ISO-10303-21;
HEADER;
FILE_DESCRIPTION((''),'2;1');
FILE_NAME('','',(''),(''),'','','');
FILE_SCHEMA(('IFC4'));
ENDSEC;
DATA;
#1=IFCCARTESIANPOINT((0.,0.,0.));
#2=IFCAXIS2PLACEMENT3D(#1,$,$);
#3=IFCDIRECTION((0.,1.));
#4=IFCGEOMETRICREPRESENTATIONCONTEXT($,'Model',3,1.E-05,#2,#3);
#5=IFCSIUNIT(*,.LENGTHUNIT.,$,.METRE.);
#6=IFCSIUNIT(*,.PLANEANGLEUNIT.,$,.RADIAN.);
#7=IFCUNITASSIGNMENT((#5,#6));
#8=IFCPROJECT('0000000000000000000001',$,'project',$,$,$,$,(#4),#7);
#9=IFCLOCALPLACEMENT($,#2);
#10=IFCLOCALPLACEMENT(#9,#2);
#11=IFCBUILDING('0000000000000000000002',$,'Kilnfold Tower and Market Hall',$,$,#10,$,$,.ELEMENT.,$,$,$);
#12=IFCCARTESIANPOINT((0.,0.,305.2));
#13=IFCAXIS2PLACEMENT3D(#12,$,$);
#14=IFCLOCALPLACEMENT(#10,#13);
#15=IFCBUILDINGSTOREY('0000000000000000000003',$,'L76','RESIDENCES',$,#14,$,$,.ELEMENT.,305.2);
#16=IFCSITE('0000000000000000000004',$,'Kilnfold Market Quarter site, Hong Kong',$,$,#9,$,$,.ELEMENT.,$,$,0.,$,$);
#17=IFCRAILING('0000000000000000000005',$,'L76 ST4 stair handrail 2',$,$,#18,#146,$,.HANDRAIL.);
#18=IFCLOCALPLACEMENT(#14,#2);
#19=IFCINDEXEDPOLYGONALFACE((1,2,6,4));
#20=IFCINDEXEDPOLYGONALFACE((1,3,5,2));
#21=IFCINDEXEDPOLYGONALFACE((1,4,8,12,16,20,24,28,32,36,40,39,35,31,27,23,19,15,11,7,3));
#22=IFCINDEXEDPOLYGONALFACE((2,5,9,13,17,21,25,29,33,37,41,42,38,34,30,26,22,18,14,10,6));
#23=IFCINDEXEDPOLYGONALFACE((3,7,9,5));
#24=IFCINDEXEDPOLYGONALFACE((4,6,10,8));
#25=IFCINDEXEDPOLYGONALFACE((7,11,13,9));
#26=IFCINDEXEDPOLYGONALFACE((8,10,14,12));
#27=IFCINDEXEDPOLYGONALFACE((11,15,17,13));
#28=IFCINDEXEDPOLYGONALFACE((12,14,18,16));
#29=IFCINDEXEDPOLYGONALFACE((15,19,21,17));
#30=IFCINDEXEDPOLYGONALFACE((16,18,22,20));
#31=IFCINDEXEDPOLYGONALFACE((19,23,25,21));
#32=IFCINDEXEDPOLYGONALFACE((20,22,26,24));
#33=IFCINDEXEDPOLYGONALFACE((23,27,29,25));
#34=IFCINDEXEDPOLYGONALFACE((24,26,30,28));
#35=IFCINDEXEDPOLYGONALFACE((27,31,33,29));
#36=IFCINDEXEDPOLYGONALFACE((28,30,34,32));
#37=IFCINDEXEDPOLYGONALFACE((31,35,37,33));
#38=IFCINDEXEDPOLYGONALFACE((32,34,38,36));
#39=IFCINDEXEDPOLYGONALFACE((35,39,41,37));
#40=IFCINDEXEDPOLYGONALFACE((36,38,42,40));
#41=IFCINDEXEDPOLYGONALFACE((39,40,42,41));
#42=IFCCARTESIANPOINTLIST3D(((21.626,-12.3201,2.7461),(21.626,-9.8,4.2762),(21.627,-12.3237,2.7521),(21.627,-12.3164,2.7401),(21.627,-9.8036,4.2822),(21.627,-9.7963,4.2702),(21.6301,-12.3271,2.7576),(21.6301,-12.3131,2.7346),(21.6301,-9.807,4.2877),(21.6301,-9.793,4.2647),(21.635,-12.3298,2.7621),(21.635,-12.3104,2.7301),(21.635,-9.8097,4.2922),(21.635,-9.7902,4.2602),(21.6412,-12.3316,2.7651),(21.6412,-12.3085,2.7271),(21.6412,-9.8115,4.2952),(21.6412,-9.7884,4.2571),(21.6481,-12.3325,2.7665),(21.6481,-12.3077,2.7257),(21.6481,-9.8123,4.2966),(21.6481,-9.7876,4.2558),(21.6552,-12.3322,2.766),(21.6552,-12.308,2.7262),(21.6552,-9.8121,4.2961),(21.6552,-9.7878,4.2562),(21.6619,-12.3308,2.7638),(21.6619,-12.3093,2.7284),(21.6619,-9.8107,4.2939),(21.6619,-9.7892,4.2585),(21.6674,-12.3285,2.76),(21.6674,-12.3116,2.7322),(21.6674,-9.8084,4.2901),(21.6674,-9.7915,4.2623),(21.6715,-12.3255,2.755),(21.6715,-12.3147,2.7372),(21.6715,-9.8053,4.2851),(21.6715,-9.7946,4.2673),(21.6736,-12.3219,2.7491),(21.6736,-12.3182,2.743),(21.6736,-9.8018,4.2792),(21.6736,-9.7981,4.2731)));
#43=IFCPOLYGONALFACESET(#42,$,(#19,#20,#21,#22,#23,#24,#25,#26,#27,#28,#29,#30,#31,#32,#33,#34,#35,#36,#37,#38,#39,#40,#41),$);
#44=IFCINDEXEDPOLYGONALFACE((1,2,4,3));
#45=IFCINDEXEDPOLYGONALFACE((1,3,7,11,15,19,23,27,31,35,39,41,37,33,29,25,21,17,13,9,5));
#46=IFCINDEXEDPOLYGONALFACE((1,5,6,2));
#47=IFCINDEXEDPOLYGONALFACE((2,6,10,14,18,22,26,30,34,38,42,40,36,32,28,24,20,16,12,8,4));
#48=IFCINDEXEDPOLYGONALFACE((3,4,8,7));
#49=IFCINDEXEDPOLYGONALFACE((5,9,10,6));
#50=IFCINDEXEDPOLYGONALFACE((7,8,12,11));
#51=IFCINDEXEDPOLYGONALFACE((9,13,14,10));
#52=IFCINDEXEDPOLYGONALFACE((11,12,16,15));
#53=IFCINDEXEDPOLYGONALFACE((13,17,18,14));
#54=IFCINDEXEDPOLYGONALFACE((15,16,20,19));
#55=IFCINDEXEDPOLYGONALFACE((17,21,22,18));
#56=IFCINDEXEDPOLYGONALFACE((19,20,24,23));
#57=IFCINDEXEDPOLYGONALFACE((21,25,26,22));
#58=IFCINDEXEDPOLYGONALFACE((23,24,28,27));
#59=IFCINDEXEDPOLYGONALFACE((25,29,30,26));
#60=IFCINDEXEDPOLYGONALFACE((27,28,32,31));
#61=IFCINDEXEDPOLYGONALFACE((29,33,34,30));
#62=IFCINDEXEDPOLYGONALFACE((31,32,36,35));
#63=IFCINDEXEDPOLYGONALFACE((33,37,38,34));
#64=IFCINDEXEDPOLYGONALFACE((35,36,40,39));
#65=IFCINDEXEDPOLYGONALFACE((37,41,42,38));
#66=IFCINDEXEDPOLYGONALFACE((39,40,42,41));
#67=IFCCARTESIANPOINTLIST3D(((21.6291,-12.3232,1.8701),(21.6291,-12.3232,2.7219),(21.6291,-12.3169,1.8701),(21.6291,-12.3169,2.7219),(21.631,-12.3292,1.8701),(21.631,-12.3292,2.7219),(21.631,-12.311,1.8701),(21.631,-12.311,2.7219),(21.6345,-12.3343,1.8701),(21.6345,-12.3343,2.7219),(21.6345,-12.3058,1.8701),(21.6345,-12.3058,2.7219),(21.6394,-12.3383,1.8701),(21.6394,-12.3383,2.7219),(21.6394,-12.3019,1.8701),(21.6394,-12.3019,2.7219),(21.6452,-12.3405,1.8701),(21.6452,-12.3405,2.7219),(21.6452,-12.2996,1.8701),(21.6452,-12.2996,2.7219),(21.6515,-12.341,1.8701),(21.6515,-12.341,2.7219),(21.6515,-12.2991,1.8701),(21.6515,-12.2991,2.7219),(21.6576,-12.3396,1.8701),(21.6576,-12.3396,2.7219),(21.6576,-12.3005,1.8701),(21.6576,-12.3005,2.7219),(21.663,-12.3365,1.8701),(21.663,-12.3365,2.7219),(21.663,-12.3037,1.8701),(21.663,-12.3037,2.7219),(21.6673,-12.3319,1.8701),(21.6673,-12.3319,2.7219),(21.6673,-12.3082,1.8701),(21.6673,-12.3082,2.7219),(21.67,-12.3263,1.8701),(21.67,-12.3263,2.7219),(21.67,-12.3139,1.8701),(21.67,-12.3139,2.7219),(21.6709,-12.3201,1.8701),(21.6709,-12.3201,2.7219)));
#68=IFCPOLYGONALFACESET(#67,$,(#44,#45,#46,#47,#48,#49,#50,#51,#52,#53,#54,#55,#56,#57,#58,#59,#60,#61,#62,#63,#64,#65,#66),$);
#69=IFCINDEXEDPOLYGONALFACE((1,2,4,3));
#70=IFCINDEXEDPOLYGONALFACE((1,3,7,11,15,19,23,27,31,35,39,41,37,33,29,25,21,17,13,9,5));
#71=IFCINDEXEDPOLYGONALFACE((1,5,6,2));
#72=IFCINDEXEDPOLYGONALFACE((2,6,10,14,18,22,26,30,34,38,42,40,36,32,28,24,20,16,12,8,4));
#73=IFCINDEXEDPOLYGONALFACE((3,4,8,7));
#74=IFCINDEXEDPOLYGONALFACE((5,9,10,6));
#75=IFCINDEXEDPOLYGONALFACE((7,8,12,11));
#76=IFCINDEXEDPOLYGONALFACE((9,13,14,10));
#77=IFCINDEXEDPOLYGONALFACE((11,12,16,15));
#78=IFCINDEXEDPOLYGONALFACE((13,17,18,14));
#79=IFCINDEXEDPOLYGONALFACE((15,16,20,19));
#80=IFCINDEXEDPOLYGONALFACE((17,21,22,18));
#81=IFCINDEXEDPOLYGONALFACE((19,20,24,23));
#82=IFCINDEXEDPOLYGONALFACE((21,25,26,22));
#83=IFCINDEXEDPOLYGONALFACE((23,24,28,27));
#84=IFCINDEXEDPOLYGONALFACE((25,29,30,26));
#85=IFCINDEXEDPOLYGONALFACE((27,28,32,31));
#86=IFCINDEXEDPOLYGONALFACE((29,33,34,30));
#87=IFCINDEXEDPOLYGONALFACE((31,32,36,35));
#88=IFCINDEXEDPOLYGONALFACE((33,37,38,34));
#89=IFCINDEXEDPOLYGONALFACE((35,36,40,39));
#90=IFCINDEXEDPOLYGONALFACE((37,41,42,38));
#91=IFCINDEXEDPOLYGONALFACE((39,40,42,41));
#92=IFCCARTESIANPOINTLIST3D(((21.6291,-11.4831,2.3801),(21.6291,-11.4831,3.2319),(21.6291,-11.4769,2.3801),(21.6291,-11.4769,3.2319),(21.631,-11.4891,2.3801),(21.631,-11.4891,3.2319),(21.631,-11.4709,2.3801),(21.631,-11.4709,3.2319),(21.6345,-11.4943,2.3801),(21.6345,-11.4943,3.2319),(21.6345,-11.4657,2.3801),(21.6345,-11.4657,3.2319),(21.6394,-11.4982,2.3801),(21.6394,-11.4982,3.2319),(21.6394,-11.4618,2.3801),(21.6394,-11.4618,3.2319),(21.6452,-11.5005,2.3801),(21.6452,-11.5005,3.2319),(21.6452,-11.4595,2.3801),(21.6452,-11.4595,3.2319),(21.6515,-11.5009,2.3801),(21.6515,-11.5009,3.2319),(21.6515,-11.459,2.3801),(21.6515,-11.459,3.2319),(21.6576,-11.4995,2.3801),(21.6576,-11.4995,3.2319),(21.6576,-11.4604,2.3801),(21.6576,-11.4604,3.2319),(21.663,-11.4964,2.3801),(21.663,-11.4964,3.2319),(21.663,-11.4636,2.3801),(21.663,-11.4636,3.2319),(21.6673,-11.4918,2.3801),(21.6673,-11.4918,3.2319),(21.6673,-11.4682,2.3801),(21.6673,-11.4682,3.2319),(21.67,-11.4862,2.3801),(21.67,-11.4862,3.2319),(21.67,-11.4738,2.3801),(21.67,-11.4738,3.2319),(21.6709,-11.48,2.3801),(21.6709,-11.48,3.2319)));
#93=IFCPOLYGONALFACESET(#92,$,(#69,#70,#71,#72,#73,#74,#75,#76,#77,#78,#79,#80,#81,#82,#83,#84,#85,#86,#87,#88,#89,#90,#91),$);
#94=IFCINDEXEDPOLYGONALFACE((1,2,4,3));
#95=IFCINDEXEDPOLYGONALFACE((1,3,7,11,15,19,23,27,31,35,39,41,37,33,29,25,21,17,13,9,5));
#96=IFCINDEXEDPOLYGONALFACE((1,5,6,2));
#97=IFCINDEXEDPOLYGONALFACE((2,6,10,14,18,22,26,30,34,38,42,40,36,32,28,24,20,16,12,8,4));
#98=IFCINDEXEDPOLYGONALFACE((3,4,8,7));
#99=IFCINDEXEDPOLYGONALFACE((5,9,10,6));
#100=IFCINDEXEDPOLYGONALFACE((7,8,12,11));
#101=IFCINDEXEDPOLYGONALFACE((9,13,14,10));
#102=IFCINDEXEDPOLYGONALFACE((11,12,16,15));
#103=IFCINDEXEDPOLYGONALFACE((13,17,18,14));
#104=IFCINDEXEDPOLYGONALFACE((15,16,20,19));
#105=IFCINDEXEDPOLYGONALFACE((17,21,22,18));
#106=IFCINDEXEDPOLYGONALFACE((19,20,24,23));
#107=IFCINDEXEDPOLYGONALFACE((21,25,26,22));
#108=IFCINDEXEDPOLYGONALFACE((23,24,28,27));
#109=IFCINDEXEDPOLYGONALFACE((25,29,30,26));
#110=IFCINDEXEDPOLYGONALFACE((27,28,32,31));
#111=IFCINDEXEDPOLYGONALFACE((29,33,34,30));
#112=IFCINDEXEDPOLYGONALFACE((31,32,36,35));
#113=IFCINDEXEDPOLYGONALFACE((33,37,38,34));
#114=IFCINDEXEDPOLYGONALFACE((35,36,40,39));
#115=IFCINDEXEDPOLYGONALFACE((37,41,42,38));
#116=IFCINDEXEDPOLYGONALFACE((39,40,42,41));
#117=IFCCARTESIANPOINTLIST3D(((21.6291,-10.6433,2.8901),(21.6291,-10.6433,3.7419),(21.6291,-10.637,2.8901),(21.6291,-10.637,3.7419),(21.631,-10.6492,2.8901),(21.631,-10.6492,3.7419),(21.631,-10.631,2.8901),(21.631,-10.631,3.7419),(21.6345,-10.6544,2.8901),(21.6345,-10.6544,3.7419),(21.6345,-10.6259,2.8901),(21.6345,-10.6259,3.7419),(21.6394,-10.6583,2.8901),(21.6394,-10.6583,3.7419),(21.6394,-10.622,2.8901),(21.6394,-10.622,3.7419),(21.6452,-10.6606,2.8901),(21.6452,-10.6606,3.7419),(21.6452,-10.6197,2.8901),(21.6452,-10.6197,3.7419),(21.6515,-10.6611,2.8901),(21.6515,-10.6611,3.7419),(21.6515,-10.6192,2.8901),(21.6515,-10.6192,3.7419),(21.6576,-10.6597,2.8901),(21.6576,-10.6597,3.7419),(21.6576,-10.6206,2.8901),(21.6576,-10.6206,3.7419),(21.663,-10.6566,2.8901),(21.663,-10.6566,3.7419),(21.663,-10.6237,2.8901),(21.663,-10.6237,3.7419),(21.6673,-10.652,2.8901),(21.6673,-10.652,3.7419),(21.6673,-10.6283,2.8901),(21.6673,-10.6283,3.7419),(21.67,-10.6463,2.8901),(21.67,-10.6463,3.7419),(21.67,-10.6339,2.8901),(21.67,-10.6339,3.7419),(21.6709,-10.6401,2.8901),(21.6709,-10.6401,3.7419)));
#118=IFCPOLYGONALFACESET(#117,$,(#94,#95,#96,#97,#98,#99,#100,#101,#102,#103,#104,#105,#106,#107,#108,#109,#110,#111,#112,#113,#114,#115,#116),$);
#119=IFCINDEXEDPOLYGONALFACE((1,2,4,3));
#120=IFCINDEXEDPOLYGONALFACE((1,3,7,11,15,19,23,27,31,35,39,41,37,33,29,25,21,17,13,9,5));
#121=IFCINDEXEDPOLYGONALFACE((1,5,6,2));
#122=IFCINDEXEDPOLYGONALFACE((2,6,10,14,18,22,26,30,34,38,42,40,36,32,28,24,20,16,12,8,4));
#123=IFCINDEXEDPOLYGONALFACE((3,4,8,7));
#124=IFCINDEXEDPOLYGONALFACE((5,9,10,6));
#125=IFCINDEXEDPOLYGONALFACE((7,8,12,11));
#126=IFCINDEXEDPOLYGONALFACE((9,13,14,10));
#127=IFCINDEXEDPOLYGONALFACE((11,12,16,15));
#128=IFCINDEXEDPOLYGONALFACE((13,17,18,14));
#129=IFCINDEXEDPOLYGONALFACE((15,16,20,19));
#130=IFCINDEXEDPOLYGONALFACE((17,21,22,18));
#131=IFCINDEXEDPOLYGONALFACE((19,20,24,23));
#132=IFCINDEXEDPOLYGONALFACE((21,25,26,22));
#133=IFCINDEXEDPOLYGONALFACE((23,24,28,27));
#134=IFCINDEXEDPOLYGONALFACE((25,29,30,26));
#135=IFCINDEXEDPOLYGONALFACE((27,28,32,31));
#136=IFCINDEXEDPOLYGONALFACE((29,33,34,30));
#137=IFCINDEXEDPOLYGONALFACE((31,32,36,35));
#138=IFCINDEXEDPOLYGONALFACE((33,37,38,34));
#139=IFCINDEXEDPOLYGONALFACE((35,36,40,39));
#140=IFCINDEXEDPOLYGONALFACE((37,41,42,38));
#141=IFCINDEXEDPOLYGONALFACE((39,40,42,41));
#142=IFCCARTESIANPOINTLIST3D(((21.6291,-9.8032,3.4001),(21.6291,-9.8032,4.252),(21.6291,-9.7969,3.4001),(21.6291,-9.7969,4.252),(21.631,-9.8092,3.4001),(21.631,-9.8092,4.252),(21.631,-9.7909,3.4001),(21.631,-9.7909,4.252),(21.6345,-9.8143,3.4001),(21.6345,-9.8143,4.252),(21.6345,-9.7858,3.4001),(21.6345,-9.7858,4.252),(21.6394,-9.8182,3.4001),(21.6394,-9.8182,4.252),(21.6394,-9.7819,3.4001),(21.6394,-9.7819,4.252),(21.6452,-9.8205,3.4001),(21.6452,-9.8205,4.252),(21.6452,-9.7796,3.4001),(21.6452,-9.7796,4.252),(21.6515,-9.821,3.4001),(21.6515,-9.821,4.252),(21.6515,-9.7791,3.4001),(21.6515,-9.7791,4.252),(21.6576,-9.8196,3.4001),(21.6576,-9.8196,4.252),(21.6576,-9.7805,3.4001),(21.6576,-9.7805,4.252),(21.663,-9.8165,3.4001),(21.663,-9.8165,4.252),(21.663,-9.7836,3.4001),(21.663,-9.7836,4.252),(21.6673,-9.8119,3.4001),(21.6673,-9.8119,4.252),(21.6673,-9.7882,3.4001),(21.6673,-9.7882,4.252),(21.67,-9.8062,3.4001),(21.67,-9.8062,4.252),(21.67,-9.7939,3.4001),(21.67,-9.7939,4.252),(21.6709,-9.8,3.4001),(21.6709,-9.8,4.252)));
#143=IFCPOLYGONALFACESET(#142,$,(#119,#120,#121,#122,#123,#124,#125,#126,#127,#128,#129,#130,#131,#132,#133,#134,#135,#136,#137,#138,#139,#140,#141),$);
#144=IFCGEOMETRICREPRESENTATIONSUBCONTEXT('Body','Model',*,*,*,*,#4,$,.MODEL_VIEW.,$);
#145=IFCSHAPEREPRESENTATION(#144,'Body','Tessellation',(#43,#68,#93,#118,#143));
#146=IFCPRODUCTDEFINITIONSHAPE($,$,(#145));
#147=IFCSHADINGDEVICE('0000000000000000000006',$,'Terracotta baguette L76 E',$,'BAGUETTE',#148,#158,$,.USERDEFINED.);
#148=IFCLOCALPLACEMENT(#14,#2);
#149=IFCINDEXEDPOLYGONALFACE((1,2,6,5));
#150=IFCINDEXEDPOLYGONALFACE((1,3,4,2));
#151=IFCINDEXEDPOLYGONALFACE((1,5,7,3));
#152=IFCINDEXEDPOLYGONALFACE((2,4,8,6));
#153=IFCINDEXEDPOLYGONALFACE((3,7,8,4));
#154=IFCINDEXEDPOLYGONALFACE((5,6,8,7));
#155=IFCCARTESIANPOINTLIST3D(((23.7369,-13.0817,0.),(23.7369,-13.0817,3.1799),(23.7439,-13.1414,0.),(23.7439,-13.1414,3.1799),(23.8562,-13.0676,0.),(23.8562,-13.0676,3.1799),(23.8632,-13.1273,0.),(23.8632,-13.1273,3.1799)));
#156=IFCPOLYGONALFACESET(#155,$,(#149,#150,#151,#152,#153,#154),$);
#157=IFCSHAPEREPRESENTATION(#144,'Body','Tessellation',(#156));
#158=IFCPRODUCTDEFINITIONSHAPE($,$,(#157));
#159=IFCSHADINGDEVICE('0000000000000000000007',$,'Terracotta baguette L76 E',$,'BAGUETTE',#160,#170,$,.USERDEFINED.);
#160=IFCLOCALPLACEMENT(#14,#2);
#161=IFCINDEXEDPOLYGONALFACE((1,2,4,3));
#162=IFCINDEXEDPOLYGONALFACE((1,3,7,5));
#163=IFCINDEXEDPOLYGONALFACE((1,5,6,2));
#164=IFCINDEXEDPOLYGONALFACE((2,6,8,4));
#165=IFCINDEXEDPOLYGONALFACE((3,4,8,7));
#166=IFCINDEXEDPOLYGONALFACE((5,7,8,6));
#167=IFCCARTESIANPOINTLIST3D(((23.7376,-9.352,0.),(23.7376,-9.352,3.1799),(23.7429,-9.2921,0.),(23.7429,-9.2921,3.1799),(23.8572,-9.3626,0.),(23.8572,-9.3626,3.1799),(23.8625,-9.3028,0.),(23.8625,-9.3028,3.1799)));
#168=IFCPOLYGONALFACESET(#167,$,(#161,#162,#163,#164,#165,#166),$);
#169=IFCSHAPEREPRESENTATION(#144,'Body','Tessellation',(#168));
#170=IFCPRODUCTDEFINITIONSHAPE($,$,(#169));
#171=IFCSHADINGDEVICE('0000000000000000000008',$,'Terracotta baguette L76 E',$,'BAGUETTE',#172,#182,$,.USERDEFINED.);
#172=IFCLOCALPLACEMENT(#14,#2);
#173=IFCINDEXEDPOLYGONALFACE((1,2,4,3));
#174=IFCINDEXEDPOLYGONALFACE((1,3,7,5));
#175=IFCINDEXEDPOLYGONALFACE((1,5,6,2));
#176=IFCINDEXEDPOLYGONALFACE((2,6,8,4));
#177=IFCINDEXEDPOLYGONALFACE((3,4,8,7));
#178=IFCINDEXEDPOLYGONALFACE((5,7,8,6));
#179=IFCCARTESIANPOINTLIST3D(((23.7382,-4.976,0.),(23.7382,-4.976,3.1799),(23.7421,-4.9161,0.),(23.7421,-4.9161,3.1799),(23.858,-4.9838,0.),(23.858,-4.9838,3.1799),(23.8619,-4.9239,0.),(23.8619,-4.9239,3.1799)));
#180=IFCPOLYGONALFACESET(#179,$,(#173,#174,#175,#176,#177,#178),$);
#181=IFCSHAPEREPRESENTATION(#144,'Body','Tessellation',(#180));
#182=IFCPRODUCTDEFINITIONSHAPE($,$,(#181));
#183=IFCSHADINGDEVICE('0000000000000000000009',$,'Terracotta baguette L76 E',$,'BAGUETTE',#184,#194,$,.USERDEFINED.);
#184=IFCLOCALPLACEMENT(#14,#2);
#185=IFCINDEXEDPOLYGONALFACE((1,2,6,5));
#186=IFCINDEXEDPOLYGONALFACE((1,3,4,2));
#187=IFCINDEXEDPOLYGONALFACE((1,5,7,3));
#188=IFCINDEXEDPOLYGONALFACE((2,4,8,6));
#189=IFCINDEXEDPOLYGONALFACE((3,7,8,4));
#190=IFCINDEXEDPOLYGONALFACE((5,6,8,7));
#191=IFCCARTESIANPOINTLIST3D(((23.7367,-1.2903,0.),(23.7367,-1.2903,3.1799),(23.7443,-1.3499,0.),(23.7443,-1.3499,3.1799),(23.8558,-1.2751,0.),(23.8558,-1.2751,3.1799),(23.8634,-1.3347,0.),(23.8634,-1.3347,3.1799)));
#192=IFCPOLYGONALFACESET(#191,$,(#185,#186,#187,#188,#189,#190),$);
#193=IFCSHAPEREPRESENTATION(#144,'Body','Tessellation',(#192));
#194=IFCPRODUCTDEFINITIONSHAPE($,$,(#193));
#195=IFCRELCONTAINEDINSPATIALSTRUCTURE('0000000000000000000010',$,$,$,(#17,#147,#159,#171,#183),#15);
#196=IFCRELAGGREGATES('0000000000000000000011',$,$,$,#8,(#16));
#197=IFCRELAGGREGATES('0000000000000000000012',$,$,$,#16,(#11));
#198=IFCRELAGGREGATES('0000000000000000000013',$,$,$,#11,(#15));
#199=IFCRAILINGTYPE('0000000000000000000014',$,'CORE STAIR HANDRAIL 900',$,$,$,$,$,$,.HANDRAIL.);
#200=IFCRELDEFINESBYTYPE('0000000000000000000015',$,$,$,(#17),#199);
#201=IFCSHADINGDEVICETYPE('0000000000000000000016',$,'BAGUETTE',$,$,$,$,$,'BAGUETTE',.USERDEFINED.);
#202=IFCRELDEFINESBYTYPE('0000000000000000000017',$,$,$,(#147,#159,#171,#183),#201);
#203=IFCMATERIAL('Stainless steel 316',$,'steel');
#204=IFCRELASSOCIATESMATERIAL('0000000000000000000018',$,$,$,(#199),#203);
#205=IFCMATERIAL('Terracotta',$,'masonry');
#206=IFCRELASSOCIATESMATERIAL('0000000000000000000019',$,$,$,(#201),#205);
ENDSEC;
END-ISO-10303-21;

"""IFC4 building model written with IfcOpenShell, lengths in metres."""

from ifc_helpers import new_model, si_unit, direction, frame, origin, origin_2d, place, context, subcontext, project, spatial, rectangle, circle, extrude, source, transform, mapped, material, material_profile, profile_set, type_object, element, save


model = new_model("IFC4")

# Units and contexts
model_context = context("Model", 3, precision=1e-05, world=origin(), true_north=direction((0.0, 1.0)))
body_context = subcontext(model_context, "Body", "Model", "MODEL_VIEW")
ifc_project = project(units=[si_unit("LENGTHUNIT", "METRE"), si_unit("PLANEANGLEUNIT", "RADIAN")], contexts=[model_context])

# Site, building, storey
site_placement = place(None, origin())
site = spatial("IfcSite", under=ifc_project, at=site_placement, Name="Kilnfold Market Quarter site, Hong Kong", CompositionType="ELEMENT", RefElevation=0.0)
building_placement = place(site_placement, origin())
building = spatial("IfcBuilding", under=site, at=building_placement, Name="Kilnfold Tower and Market Hall", CompositionType="ELEMENT")
storey_placement = place(building_placement, frame((0.0, 0.0, 305.2)))
storey = spatial("IfcBuildingStorey", under=building, at=storey_placement, Name="L76", Description="RESIDENCES", CompositionType="ELEMENT", Elevation=305.2)

# Railing
ifc_material_1 = material(Name="Stainless steel 316", Category="steel")
railing_type_1 = type_object("IfcRailingType", Name="CORE STAIR HANDRAIL 900", PredefinedType="HANDRAIL", material=ifc_material_1)
railing_1_placement = place(storey_placement, frame((21.6499, -12.3201, 1.8701)))
element("IfcRailing", 1, at=railing_1_placement, inside=storey, type_object=railing_type_1, Name="L76 ST4 stair handrail 2", PredefinedType="HANDRAIL", context=body_context, shape_type="SweptSolid", body=[
    extrude(circle(Radius=0.0239, at=origin_2d()), frame((0.0, 0.0, 0.876), z_axis=(0.0, 0.854785, 0.518982), x_axis=(-1.0, 0.0, 0.0)), (0.0, 0.0, 1.0), 2.9482),
    extrude(circle(Radius=0.021, at=origin_2d()), origin(), (0.0, 0.0, 1.0), 0.8518),
    extrude(circle(Radius=0.021, at=origin_2d()), frame((0.0, 0.8401, 0.51)), (0.0, 0.0, 1.0), 0.8518),
    extrude(circle(Radius=0.021, at=origin_2d()), frame((0.0, 1.6799, 1.02)), (0.0, 0.0, 1.0), 0.8518),
    extrude(circle(Radius=0.021, at=origin_2d()), frame((0.0, 2.52, 1.53)), (0.0, 0.0, 1.0), 0.8518),
])

# Shading devices
ifc_material_2 = material(Name="Terracotta", Category="masonry")
ifc_material_profile_1 = material_profile(ifc_material_2, rectangle(XDim=0.0601, YDim=0.1201, at=origin_2d()), Name="BAG 60x120")
ifc_profile_set_1 = profile_set([ifc_material_profile_1], Name="Terracotta")
shading_device_type = type_object("IfcShadingDeviceType", Name="BAGUETTE", ElementType="BAGUETTE", PredefinedType="USERDEFINED", material=ifc_profile_set_1)
shared_shape_1 = source(origin(), body_context, "Body", "SweptSolid", [
    extrude(rectangle(XDim=0.0601, YDim=0.1201, at=origin_2d()), origin(), (0.0, 0.0, 1.0), 3.1799),
])
for number, where, z_axis, x_axis, name in (
    (2, (23.8, -13.1045, 0.0), (0.0, 0.0, 1.0), (-0.117576, 0.993064, 0.0), "Terracotta baguette L76 E"),
    (3, (23.8, -9.3274, 0.0), (0.0, 0.0, 1.0), (0.088809, 0.996049, 0.0), "Terracotta baguette L76 E"),
    (4, (23.8, -4.95, 0.0), (0.0, 0.0, 1.0), (0.065248, 0.997869, 0.0), "Terracotta baguette L76 E"),
    (5, (23.8, -1.3125, 0.0), (0.0, 0.0, 1.0), (-0.126867, 0.99192, 0.0), "Terracotta baguette L76 E"),
):
    element("IfcShadingDevice", number, at=place(storey_placement, frame(where, z_axis=z_axis, x_axis=x_axis)), inside=storey, type_object=shading_device_type, Name=name, ObjectType="BAGUETTE", PredefinedType="USERDEFINED", context=body_context, shape_type="MappedRepresentation", body=[
        mapped(shared_shape_1, transform((0.0, 0.0, 0.0))),
    ])

save(model, "model.ifc")
